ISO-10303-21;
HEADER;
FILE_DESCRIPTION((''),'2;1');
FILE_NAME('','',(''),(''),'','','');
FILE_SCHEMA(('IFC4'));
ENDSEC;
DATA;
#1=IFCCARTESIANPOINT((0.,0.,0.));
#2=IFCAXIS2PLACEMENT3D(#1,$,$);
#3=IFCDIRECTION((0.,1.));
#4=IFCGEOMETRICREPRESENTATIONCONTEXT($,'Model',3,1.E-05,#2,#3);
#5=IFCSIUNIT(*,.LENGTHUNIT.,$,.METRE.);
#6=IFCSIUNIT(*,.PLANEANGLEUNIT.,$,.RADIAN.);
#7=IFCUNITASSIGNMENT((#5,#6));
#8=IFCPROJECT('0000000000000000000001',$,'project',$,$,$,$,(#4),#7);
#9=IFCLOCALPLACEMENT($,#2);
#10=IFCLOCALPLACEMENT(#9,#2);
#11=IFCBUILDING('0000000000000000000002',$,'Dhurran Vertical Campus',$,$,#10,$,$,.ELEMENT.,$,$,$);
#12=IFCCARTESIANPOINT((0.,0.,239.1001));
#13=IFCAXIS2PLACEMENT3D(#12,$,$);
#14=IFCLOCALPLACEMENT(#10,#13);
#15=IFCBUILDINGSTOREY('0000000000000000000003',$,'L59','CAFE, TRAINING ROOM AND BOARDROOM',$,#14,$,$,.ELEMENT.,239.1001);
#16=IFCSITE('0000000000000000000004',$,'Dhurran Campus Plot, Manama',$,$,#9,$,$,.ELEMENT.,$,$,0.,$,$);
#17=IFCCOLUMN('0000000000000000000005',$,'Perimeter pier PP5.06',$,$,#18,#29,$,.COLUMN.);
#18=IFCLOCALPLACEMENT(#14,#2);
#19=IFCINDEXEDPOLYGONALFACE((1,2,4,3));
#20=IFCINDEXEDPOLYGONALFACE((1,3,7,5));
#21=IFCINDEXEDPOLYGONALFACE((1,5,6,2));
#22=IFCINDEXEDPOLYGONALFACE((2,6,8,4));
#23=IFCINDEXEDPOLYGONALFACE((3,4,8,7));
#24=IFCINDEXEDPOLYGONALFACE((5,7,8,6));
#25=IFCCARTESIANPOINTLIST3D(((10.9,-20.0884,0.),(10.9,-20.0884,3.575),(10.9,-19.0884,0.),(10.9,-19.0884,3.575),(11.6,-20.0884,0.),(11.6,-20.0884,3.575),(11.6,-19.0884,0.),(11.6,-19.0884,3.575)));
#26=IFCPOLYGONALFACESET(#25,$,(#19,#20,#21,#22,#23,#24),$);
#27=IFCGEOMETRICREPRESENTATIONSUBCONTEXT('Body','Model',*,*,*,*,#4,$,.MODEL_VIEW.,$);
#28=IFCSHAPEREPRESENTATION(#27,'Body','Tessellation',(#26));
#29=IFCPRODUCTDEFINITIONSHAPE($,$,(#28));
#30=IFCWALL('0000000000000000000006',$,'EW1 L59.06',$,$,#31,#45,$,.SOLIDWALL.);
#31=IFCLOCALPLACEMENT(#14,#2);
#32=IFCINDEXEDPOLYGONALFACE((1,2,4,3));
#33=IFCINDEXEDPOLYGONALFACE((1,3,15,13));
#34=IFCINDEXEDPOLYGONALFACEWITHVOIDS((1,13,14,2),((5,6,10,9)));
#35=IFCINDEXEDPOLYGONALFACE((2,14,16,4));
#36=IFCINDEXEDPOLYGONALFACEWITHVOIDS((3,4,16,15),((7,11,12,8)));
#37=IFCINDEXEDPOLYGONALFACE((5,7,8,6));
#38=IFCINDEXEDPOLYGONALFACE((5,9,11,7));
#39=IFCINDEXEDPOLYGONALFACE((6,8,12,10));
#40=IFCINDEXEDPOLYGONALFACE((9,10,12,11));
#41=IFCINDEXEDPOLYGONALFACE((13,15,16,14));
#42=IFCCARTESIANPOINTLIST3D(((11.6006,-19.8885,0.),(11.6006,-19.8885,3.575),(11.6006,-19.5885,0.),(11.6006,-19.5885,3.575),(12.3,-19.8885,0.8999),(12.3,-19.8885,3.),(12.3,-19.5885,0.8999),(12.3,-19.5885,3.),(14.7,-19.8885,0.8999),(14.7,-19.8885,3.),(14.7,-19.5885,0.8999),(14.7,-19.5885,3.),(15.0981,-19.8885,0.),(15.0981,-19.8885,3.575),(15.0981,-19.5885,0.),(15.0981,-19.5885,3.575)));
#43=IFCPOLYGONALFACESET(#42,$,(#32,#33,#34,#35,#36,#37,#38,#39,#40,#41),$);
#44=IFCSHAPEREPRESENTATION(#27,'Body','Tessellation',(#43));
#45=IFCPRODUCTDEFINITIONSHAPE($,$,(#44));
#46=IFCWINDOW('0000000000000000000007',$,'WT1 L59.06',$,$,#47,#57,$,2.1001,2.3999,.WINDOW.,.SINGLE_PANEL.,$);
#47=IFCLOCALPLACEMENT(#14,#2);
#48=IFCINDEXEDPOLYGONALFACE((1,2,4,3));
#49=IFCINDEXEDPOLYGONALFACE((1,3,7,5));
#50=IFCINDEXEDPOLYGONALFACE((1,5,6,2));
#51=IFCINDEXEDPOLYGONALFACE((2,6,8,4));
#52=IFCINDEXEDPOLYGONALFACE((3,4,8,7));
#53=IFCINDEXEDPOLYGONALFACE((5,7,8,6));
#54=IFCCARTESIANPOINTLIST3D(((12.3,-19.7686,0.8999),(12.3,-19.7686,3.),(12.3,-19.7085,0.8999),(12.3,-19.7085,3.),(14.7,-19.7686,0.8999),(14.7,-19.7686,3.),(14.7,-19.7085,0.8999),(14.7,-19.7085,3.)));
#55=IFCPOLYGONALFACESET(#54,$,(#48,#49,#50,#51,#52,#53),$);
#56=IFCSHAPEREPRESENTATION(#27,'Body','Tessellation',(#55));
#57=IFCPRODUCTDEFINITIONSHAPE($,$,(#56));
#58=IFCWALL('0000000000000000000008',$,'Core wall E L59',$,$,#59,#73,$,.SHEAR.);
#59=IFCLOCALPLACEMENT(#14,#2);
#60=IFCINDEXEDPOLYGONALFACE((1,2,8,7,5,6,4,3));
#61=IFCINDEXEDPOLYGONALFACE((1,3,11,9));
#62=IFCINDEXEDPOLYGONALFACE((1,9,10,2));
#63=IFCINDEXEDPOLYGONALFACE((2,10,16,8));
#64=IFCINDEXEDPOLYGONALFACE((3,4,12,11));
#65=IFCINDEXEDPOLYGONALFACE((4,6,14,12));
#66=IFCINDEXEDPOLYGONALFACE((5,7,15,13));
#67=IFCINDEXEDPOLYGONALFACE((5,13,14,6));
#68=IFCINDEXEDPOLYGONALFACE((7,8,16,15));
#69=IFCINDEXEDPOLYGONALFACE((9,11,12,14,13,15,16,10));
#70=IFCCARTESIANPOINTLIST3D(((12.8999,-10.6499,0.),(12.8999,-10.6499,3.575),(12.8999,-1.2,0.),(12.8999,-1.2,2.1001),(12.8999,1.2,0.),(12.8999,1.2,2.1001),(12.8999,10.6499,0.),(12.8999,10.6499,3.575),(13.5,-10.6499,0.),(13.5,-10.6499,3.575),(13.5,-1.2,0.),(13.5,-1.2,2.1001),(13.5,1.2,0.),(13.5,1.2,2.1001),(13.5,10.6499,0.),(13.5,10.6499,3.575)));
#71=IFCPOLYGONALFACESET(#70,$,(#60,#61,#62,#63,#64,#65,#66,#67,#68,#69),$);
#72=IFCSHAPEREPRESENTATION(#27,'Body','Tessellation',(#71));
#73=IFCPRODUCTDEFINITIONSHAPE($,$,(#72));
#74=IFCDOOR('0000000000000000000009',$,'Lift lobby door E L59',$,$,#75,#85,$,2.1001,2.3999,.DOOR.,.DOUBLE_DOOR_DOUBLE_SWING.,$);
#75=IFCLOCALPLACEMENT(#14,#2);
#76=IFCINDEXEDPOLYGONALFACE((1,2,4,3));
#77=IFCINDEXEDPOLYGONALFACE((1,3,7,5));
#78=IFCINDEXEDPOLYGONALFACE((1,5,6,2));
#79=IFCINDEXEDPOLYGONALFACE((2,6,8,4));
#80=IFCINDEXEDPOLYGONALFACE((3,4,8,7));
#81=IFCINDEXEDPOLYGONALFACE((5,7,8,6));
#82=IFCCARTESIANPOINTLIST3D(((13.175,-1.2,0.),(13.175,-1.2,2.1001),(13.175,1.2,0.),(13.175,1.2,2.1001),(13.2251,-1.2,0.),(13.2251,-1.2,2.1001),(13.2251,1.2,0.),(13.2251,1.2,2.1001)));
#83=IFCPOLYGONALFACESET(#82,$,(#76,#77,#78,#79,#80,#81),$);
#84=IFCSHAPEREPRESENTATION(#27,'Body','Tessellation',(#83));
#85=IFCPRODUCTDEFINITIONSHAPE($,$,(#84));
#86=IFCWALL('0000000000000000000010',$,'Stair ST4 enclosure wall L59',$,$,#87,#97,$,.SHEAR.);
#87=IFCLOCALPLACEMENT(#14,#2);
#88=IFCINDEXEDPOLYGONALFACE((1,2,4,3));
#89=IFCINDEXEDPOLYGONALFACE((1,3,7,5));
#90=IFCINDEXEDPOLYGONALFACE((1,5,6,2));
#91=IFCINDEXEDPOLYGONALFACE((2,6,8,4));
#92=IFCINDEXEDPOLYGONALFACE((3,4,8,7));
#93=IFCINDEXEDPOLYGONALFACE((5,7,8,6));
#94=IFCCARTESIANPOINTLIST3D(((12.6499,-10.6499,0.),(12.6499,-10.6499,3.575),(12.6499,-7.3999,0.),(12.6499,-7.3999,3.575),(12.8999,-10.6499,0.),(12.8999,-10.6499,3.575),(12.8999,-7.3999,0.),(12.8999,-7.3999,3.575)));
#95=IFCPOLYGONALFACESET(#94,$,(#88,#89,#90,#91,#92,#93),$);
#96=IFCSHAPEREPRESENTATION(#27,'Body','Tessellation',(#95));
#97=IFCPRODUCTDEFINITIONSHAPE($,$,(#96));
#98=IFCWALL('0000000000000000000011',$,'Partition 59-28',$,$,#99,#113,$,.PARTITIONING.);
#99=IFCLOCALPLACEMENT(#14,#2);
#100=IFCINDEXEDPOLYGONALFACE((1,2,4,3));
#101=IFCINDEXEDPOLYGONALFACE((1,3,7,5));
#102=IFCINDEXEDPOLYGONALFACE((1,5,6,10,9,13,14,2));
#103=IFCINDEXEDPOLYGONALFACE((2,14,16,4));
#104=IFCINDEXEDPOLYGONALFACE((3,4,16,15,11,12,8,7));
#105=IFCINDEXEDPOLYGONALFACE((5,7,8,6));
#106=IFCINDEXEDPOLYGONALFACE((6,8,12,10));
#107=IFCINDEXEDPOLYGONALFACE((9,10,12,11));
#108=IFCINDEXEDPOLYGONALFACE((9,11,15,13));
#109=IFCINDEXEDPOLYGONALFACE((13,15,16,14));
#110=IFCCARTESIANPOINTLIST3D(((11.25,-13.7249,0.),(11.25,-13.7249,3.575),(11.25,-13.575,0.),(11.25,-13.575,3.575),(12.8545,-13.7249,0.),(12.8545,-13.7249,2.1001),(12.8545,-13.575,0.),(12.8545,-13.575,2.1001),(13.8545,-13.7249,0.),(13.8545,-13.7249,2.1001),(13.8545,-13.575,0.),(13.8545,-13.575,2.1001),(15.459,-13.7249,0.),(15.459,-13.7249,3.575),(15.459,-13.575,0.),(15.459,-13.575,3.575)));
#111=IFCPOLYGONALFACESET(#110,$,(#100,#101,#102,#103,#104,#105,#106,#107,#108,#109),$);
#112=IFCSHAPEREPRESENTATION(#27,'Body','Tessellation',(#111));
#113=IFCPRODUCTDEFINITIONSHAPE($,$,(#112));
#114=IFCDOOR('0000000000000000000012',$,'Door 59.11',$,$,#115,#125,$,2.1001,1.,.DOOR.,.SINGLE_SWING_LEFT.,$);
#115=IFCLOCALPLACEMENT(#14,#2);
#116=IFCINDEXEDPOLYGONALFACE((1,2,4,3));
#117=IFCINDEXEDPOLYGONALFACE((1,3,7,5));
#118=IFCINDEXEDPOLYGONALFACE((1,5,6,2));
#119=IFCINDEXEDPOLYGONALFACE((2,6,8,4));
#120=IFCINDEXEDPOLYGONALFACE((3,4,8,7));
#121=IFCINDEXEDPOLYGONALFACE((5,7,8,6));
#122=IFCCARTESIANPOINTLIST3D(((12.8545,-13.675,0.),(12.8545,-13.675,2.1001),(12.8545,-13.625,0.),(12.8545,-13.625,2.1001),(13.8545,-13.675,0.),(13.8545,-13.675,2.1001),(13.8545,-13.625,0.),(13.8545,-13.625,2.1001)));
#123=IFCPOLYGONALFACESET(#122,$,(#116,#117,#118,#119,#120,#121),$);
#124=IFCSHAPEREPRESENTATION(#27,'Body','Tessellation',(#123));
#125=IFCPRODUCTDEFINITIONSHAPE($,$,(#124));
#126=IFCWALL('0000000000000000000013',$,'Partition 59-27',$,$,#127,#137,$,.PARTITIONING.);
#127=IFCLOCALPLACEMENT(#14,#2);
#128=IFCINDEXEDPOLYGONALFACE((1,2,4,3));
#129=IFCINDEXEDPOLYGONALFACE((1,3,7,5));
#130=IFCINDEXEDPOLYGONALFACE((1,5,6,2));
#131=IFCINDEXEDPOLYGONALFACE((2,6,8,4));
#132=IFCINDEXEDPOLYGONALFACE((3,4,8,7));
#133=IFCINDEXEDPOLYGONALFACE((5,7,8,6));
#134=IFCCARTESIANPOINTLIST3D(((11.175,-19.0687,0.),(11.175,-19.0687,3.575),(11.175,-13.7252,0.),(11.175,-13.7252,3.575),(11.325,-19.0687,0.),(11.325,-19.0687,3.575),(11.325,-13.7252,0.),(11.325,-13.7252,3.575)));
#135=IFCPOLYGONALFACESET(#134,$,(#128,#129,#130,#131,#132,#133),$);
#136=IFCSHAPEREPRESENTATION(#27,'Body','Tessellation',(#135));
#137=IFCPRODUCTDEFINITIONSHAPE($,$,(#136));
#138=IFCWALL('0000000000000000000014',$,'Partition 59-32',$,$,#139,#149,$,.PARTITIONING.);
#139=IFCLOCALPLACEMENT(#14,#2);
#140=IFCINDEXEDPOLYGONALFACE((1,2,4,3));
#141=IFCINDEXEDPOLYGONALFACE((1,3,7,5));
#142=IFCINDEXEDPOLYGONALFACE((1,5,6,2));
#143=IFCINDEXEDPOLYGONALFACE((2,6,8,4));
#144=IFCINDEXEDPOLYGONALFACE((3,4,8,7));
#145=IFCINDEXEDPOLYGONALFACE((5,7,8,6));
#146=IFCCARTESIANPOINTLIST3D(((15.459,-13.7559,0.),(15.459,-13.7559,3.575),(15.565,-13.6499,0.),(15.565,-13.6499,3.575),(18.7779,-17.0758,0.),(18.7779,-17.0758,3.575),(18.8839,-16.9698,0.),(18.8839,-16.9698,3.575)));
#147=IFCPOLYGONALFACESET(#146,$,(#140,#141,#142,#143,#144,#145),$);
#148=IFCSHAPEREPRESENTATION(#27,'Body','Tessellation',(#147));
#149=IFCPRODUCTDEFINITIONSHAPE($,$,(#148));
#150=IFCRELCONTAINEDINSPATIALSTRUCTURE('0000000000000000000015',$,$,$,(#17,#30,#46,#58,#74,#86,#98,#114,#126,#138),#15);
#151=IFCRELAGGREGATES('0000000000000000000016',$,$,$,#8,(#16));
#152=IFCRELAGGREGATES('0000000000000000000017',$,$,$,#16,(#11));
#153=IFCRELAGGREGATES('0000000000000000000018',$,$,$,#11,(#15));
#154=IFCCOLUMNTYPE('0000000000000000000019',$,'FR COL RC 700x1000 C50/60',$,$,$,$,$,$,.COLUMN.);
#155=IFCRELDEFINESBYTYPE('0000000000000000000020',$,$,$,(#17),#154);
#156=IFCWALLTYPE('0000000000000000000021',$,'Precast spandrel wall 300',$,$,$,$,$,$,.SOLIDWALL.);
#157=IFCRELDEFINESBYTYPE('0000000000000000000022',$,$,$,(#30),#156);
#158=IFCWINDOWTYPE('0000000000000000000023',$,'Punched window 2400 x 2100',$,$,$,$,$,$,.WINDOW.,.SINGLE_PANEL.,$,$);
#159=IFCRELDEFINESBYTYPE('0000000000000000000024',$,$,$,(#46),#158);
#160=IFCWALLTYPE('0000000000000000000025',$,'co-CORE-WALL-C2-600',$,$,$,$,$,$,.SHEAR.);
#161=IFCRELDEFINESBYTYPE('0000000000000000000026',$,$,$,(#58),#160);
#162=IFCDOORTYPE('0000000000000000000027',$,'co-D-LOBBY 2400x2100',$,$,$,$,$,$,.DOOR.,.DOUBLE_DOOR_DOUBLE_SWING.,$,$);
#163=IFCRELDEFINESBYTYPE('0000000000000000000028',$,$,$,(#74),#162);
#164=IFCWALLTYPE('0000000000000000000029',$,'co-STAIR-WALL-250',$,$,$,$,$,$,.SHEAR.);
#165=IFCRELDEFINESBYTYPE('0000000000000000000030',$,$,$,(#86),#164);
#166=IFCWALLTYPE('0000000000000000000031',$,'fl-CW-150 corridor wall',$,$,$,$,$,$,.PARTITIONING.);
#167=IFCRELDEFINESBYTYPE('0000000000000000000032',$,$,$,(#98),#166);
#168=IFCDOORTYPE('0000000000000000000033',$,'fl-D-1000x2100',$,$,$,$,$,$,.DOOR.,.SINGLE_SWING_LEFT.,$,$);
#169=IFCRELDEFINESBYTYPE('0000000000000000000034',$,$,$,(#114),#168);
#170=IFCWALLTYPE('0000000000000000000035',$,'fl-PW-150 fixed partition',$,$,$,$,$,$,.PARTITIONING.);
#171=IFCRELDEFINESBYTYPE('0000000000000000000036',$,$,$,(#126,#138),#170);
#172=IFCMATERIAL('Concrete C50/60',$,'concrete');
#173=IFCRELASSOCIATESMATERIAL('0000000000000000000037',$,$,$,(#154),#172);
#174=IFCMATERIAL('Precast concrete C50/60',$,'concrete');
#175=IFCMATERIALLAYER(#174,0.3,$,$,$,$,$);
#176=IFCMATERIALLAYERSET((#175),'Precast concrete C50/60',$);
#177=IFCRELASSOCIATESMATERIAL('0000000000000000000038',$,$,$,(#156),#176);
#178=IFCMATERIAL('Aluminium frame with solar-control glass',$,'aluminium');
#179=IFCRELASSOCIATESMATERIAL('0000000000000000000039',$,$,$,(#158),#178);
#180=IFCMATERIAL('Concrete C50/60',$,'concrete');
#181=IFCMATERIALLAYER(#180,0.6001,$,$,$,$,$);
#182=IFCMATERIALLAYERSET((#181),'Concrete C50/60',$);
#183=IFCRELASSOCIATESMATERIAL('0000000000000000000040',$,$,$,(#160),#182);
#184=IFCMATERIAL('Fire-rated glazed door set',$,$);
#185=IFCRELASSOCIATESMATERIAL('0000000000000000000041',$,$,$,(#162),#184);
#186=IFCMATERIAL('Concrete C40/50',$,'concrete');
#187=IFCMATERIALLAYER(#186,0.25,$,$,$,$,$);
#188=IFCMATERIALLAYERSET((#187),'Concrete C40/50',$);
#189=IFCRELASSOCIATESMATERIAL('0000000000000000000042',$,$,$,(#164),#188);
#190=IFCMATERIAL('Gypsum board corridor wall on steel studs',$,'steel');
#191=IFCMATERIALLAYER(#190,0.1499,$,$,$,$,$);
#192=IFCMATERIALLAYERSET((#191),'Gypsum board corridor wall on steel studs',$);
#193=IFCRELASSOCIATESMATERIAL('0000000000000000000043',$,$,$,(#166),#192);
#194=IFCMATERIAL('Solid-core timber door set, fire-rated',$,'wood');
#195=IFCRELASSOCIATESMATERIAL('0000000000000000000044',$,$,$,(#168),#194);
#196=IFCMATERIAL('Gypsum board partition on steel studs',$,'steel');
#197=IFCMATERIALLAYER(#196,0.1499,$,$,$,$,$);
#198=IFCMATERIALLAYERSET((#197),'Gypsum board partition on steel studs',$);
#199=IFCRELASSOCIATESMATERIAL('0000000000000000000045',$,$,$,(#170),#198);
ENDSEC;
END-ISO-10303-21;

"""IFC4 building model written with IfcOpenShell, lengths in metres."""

from ifc_helpers import new_model, si_unit, direction, frame, frame_2d, origin, origin_2d, place, context, subcontext, project, spatial, rectangle, extrude, material, layer, layer_set, material_profile, profile_set, type_object, element, fill, save


model = new_model("IFC4")

# Units and contexts
model_context = context("Model", 3, precision=1e-05, world=origin(), true_north=direction((0.0, 1.0)))
body_context = subcontext(model_context, "Body", "Model", "MODEL_VIEW")
ifc_project = project(units=[si_unit("LENGTHUNIT", "METRE"), si_unit("PLANEANGLEUNIT", "RADIAN")], contexts=[model_context])

# Site, building, storey
site_placement = place(None, origin())
site = spatial("IfcSite", under=ifc_project, at=site_placement, Name="Dhurran Campus Plot, Manama", CompositionType="ELEMENT", RefElevation=0.0)
building_placement = place(site_placement, origin())
building = spatial("IfcBuilding", under=site, at=building_placement, Name="Dhurran Vertical Campus", CompositionType="ELEMENT")
storey_placement = place(building_placement, frame((0.0, 0.0, 239.1001)))
storey = spatial("IfcBuildingStorey", under=building, at=storey_placement, Name="L59", Description="CAFE, TRAINING ROOM AND BOARDROOM", CompositionType="ELEMENT", Elevation=239.1001)

# Column
ifc_material_1 = material(Name="Concrete C50/60", Category="concrete")
ifc_material_profile = material_profile(ifc_material_1, rectangle(XDim=0.7, YDim=1.0, at=origin_2d()), Name="RC 700x1000")
ifc_profile_set = profile_set([ifc_material_profile], Name="Concrete C50/60")
column_type = type_object("IfcColumnType", Name="FR COL RC 700x1000 C50/60", PredefinedType="COLUMN", material=ifc_profile_set)
column_placement = place(storey_placement, frame((11.25, -19.5884, 0.0), z_axis=(0.0, 0.0, 1.0), x_axis=(1.0, 0.0, 0.0)))
element("IfcColumn", 1, at=column_placement, inside=storey, type_object=column_type, Name="Perimeter pier PP5.06", PredefinedType="COLUMN", context=body_context, shape_type="SweptSolid", body=[
    extrude(rectangle(XDim=0.7, YDim=1.0, at=origin_2d()), origin(), (0.0, 0.0, 1.0), 3.575),
])

# Wall, opening, window
ifc_material_2 = material(Name="Precast concrete C50/60", Category="concrete")
ifc_layer_1 = layer(ifc_material_2, 0.3)
ifc_layer_set_1 = layer_set([ifc_layer_1], Name="Precast concrete C50/60")
wall_type_1 = type_object("IfcWallType", Name="Precast spandrel wall 300", PredefinedType="SOLIDWALL", material=ifc_layer_set_1)
wall_1_placement = place(storey_placement, frame((11.6006, -19.7385, 0.0), z_axis=(0.0, 0.0, 1.0), x_axis=(1.0, 0.0, 0.0)))
wall_1 = element("IfcWall", 2, at=wall_1_placement, inside=storey, type_object=wall_type_1, Name="EW1 L59.06", PredefinedType="SOLIDWALL", context=body_context, shape_type="SweptSolid", body=[
    extrude(rectangle(XDim=3.4976, YDim=0.3, at=frame_2d((1.7488, 0.0))), origin(), (0.0, 0.0, 1.0), 3.575),
])
opening_1_placement = place(wall_1_placement, frame((0.6995, 0.0, 0.8999)))
opening_1 = element("IfcOpeningElement", 3, at=opening_1_placement, cuts=wall_1, PredefinedType="OPENING", context=body_context, shape_type="SweptSolid", body=[
    extrude(rectangle(XDim=2.3999, YDim=2.1001, at=frame_2d((1.2, 1.05))), frame((0.0, 0.1599, 0.0), z_axis=(0.0, -1.0, 0.0), x_axis=(1.0, 0.0, 0.0)), (0.0, 0.0, 1.0), 0.3201),
])
ifc_material_3 = material(Name="Aluminium frame with solar-control glass", Category="aluminium")
window_type = type_object("IfcWindowType", Name="Punched window 2400 x 2100", PartitioningType="SINGLE_PANEL", PredefinedType="WINDOW", material=ifc_material_3)
window_placement = place(opening_1_placement, origin())
window = element("IfcWindow", 4, at=window_placement, inside=storey, type_object=window_type, Name="WT1 L59.06", OverallHeight=2.1001, OverallWidth=2.3999, PartitioningType="SINGLE_PANEL", PredefinedType="WINDOW", context=body_context, shape_type="SweptSolid", body=[
    extrude(rectangle(XDim=2.3999, YDim=2.1001, at=frame_2d((1.2, 1.05))), frame((0.0, 0.03, 0.0), z_axis=(0.0, -1.0, 0.0), x_axis=(1.0, 0.0, 0.0)), (0.0, 0.0, 1.0), 0.0601),
])
fill(opening_1, window)

# Wall, opening, door
ifc_material_4 = material(Name="Concrete C50/60", Category="concrete")
ifc_layer_2 = layer(ifc_material_4, 0.6001)
ifc_layer_set_2 = layer_set([ifc_layer_2], Name="Concrete C50/60")
wall_type_2 = type_object("IfcWallType", Name="co-CORE-WALL-C2-600", PredefinedType="SHEAR", material=ifc_layer_set_2)
wall_2_placement = place(storey_placement, frame((13.2, -10.6499, 0.0), z_axis=(0.0, 0.0, 1.0), x_axis=(0.0, 1.0, 0.0)))
wall_2 = element("IfcWall", 5, at=wall_2_placement, inside=storey, type_object=wall_type_2, Name="Core wall E L59", PredefinedType="SHEAR", context=body_context, shape_type="SweptSolid", body=[
    extrude(rectangle(XDim=21.2998, YDim=0.6001, at=frame_2d((10.6499, 0.0))), origin(), (0.0, 0.0, 1.0), 3.575),
])
opening_2_placement = place(wall_2_placement, frame((9.45, 0.0, 0.0)))
opening_2 = element("IfcOpeningElement", 6, at=opening_2_placement, cuts=wall_2, PredefinedType="OPENING", context=body_context, shape_type="SweptSolid", body=[
    extrude(rectangle(XDim=2.3999, YDim=2.1001, at=frame_2d((1.2, 1.05))), frame((0.0, 0.3101, 0.0), z_axis=(0.0, -1.0, 0.0), x_axis=(1.0, 0.0, 0.0)), (0.0, 0.0, 1.0), 0.6201),
])
ifc_material_5 = material(Name="Fire-rated glazed door set")
door_type_1 = type_object("IfcDoorType", Name="co-D-LOBBY 2400x2100", OperationType="DOUBLE_DOOR_DOUBLE_SWING", PredefinedType="DOOR", material=ifc_material_5)
door_1_placement = place(opening_2_placement, origin())
door_1 = element("IfcDoor", 7, at=door_1_placement, inside=storey, type_object=door_type_1, Name="Lift lobby door E L59", OperationType="DOUBLE_DOOR_DOUBLE_SWING", OverallHeight=2.1001, OverallWidth=2.3999, PredefinedType="DOOR", context=body_context, shape_type="SweptSolid", body=[
    extrude(rectangle(XDim=2.3999, YDim=2.1001, at=frame_2d((1.2, 1.05))), frame((0.0, 0.0249, 0.0), z_axis=(0.0, -1.0, 0.0), x_axis=(1.0, 0.0, 0.0)), (0.0, 0.0, 1.0), 0.05),
])
fill(opening_2, door_1)

# Wall
ifc_material_6 = material(Name="Concrete C40/50", Category="concrete")
ifc_layer_3 = layer(ifc_material_6, 0.25)
ifc_layer_set_3 = layer_set([ifc_layer_3], Name="Concrete C40/50")
wall_type_3 = type_object("IfcWallType", Name="co-STAIR-WALL-250", PredefinedType="SHEAR", material=ifc_layer_set_3)
wall_3_placement = place(storey_placement, frame((12.7749, -10.6499, 0.0), z_axis=(0.0, 0.0, 1.0), x_axis=(0.0, 1.0, 0.0)))
element("IfcWall", 8, at=wall_3_placement, inside=storey, type_object=wall_type_3, Name="Stair ST4 enclosure wall L59", PredefinedType="SHEAR", context=body_context, shape_type="SweptSolid", body=[
    extrude(rectangle(XDim=3.25, YDim=0.25, at=frame_2d((1.625, 0.0))), origin(), (0.0, 0.0, 1.0), 3.575),
])

# Wall, opening, door
ifc_material_7 = material(Name="Gypsum board corridor wall on steel studs", Category="steel")
ifc_layer_4 = layer(ifc_material_7, 0.1499)
ifc_layer_set_4 = layer_set([ifc_layer_4], Name="Gypsum board corridor wall on steel studs")
wall_type_4 = type_object("IfcWallType", Name="fl-CW-150 corridor wall", PredefinedType="PARTITIONING", material=ifc_layer_set_4)
wall_4_placement = place(storey_placement, frame((11.25, -13.6499, 0.0), z_axis=(0.0, 0.0, 1.0), x_axis=(1.0, 0.0, 0.0)))
wall_4 = element("IfcWall", 9, at=wall_4_placement, inside=storey, type_object=wall_type_4, Name="Partition 59-28", PredefinedType="PARTITIONING", context=body_context, shape_type="SweptSolid", body=[
    extrude(rectangle(XDim=4.209, YDim=0.1499, at=frame_2d((2.1045, 0.0))), origin(), (0.0, 0.0, 1.0), 3.575),
])
opening_3_placement = place(wall_4_placement, frame((1.6045, 0.0, 0.0)))
opening_3 = element("IfcOpeningElement", 10, at=opening_3_placement, cuts=wall_4, PredefinedType="OPENING", context=body_context, shape_type="SweptSolid", body=[
    extrude(rectangle(XDim=1.0, YDim=2.1001, at=frame_2d((0.5, 1.05))), frame((0.0, 0.085, 0.0), z_axis=(0.0, -1.0, 0.0), x_axis=(1.0, 0.0, 0.0)), (0.0, 0.0, 1.0), 0.1699),
])
ifc_material_8 = material(Name="Solid-core timber door set, fire-rated", Category="wood")
door_type_2 = type_object("IfcDoorType", Name="fl-D-1000x2100", OperationType="SINGLE_SWING_LEFT", PredefinedType="DOOR", material=ifc_material_8)
door_2_placement = place(opening_3_placement, origin())
door_2 = element("IfcDoor", 11, at=door_2_placement, inside=storey, type_object=door_type_2, Name="Door 59.11", OperationType="SINGLE_SWING_LEFT", OverallHeight=2.1001, OverallWidth=1.0, PredefinedType="DOOR", context=body_context, shape_type="SweptSolid", body=[
    extrude(rectangle(XDim=1.0, YDim=2.1001, at=frame_2d((0.5, 1.05))), frame((0.0, 0.0249, 0.0), z_axis=(0.0, -1.0, 0.0), x_axis=(1.0, 0.0, 0.0)), (0.0, 0.0, 1.0), 0.05),
])
fill(opening_3, door_2)

# Walls
ifc_material_9 = material(Name="Gypsum board partition on steel studs", Category="steel")
ifc_layer_5 = layer(ifc_material_9, 0.1499)
ifc_layer_set_5 = layer_set([ifc_layer_5], Name="Gypsum board partition on steel studs")
wall_type_5 = type_object("IfcWallType", Name="fl-PW-150 fixed partition", PredefinedType="PARTITIONING", material=ifc_layer_set_5)
wall_5_placement = place(storey_placement, frame((11.25, -13.7251, 0.0), z_axis=(0.0, 0.0, 1.0), x_axis=(0.0, -1.0, 0.0)))
element("IfcWall", 12, at=wall_5_placement, inside=storey, type_object=wall_type_5, Name="Partition 59-27", PredefinedType="PARTITIONING", context=body_context, shape_type="SweptSolid", body=[
    extrude(rectangle(XDim=5.3435, YDim=0.1499, at=frame_2d((2.6719, 0.0))), origin(), (0.0, 0.0, 1.0), 3.575),
])
wall_6_placement = place(storey_placement, frame((15.512, -13.7029, 0.0), z_axis=(0.0, 0.0, 1.0), x_axis=(0.707003, -0.707211, 0.0)))
element("IfcWall", 13, at=wall_6_placement, inside=storey, type_object=wall_type_5, Name="Partition 59-32", PredefinedType="PARTITIONING", context=body_context, shape_type="SweptSolid", body=[
    extrude(rectangle(XDim=4.6943, YDim=0.1499, at=frame_2d((2.3472, 0.0))), origin(), (0.0, 0.0, 1.0), 3.575),
])

save(model, "model.ifc")
